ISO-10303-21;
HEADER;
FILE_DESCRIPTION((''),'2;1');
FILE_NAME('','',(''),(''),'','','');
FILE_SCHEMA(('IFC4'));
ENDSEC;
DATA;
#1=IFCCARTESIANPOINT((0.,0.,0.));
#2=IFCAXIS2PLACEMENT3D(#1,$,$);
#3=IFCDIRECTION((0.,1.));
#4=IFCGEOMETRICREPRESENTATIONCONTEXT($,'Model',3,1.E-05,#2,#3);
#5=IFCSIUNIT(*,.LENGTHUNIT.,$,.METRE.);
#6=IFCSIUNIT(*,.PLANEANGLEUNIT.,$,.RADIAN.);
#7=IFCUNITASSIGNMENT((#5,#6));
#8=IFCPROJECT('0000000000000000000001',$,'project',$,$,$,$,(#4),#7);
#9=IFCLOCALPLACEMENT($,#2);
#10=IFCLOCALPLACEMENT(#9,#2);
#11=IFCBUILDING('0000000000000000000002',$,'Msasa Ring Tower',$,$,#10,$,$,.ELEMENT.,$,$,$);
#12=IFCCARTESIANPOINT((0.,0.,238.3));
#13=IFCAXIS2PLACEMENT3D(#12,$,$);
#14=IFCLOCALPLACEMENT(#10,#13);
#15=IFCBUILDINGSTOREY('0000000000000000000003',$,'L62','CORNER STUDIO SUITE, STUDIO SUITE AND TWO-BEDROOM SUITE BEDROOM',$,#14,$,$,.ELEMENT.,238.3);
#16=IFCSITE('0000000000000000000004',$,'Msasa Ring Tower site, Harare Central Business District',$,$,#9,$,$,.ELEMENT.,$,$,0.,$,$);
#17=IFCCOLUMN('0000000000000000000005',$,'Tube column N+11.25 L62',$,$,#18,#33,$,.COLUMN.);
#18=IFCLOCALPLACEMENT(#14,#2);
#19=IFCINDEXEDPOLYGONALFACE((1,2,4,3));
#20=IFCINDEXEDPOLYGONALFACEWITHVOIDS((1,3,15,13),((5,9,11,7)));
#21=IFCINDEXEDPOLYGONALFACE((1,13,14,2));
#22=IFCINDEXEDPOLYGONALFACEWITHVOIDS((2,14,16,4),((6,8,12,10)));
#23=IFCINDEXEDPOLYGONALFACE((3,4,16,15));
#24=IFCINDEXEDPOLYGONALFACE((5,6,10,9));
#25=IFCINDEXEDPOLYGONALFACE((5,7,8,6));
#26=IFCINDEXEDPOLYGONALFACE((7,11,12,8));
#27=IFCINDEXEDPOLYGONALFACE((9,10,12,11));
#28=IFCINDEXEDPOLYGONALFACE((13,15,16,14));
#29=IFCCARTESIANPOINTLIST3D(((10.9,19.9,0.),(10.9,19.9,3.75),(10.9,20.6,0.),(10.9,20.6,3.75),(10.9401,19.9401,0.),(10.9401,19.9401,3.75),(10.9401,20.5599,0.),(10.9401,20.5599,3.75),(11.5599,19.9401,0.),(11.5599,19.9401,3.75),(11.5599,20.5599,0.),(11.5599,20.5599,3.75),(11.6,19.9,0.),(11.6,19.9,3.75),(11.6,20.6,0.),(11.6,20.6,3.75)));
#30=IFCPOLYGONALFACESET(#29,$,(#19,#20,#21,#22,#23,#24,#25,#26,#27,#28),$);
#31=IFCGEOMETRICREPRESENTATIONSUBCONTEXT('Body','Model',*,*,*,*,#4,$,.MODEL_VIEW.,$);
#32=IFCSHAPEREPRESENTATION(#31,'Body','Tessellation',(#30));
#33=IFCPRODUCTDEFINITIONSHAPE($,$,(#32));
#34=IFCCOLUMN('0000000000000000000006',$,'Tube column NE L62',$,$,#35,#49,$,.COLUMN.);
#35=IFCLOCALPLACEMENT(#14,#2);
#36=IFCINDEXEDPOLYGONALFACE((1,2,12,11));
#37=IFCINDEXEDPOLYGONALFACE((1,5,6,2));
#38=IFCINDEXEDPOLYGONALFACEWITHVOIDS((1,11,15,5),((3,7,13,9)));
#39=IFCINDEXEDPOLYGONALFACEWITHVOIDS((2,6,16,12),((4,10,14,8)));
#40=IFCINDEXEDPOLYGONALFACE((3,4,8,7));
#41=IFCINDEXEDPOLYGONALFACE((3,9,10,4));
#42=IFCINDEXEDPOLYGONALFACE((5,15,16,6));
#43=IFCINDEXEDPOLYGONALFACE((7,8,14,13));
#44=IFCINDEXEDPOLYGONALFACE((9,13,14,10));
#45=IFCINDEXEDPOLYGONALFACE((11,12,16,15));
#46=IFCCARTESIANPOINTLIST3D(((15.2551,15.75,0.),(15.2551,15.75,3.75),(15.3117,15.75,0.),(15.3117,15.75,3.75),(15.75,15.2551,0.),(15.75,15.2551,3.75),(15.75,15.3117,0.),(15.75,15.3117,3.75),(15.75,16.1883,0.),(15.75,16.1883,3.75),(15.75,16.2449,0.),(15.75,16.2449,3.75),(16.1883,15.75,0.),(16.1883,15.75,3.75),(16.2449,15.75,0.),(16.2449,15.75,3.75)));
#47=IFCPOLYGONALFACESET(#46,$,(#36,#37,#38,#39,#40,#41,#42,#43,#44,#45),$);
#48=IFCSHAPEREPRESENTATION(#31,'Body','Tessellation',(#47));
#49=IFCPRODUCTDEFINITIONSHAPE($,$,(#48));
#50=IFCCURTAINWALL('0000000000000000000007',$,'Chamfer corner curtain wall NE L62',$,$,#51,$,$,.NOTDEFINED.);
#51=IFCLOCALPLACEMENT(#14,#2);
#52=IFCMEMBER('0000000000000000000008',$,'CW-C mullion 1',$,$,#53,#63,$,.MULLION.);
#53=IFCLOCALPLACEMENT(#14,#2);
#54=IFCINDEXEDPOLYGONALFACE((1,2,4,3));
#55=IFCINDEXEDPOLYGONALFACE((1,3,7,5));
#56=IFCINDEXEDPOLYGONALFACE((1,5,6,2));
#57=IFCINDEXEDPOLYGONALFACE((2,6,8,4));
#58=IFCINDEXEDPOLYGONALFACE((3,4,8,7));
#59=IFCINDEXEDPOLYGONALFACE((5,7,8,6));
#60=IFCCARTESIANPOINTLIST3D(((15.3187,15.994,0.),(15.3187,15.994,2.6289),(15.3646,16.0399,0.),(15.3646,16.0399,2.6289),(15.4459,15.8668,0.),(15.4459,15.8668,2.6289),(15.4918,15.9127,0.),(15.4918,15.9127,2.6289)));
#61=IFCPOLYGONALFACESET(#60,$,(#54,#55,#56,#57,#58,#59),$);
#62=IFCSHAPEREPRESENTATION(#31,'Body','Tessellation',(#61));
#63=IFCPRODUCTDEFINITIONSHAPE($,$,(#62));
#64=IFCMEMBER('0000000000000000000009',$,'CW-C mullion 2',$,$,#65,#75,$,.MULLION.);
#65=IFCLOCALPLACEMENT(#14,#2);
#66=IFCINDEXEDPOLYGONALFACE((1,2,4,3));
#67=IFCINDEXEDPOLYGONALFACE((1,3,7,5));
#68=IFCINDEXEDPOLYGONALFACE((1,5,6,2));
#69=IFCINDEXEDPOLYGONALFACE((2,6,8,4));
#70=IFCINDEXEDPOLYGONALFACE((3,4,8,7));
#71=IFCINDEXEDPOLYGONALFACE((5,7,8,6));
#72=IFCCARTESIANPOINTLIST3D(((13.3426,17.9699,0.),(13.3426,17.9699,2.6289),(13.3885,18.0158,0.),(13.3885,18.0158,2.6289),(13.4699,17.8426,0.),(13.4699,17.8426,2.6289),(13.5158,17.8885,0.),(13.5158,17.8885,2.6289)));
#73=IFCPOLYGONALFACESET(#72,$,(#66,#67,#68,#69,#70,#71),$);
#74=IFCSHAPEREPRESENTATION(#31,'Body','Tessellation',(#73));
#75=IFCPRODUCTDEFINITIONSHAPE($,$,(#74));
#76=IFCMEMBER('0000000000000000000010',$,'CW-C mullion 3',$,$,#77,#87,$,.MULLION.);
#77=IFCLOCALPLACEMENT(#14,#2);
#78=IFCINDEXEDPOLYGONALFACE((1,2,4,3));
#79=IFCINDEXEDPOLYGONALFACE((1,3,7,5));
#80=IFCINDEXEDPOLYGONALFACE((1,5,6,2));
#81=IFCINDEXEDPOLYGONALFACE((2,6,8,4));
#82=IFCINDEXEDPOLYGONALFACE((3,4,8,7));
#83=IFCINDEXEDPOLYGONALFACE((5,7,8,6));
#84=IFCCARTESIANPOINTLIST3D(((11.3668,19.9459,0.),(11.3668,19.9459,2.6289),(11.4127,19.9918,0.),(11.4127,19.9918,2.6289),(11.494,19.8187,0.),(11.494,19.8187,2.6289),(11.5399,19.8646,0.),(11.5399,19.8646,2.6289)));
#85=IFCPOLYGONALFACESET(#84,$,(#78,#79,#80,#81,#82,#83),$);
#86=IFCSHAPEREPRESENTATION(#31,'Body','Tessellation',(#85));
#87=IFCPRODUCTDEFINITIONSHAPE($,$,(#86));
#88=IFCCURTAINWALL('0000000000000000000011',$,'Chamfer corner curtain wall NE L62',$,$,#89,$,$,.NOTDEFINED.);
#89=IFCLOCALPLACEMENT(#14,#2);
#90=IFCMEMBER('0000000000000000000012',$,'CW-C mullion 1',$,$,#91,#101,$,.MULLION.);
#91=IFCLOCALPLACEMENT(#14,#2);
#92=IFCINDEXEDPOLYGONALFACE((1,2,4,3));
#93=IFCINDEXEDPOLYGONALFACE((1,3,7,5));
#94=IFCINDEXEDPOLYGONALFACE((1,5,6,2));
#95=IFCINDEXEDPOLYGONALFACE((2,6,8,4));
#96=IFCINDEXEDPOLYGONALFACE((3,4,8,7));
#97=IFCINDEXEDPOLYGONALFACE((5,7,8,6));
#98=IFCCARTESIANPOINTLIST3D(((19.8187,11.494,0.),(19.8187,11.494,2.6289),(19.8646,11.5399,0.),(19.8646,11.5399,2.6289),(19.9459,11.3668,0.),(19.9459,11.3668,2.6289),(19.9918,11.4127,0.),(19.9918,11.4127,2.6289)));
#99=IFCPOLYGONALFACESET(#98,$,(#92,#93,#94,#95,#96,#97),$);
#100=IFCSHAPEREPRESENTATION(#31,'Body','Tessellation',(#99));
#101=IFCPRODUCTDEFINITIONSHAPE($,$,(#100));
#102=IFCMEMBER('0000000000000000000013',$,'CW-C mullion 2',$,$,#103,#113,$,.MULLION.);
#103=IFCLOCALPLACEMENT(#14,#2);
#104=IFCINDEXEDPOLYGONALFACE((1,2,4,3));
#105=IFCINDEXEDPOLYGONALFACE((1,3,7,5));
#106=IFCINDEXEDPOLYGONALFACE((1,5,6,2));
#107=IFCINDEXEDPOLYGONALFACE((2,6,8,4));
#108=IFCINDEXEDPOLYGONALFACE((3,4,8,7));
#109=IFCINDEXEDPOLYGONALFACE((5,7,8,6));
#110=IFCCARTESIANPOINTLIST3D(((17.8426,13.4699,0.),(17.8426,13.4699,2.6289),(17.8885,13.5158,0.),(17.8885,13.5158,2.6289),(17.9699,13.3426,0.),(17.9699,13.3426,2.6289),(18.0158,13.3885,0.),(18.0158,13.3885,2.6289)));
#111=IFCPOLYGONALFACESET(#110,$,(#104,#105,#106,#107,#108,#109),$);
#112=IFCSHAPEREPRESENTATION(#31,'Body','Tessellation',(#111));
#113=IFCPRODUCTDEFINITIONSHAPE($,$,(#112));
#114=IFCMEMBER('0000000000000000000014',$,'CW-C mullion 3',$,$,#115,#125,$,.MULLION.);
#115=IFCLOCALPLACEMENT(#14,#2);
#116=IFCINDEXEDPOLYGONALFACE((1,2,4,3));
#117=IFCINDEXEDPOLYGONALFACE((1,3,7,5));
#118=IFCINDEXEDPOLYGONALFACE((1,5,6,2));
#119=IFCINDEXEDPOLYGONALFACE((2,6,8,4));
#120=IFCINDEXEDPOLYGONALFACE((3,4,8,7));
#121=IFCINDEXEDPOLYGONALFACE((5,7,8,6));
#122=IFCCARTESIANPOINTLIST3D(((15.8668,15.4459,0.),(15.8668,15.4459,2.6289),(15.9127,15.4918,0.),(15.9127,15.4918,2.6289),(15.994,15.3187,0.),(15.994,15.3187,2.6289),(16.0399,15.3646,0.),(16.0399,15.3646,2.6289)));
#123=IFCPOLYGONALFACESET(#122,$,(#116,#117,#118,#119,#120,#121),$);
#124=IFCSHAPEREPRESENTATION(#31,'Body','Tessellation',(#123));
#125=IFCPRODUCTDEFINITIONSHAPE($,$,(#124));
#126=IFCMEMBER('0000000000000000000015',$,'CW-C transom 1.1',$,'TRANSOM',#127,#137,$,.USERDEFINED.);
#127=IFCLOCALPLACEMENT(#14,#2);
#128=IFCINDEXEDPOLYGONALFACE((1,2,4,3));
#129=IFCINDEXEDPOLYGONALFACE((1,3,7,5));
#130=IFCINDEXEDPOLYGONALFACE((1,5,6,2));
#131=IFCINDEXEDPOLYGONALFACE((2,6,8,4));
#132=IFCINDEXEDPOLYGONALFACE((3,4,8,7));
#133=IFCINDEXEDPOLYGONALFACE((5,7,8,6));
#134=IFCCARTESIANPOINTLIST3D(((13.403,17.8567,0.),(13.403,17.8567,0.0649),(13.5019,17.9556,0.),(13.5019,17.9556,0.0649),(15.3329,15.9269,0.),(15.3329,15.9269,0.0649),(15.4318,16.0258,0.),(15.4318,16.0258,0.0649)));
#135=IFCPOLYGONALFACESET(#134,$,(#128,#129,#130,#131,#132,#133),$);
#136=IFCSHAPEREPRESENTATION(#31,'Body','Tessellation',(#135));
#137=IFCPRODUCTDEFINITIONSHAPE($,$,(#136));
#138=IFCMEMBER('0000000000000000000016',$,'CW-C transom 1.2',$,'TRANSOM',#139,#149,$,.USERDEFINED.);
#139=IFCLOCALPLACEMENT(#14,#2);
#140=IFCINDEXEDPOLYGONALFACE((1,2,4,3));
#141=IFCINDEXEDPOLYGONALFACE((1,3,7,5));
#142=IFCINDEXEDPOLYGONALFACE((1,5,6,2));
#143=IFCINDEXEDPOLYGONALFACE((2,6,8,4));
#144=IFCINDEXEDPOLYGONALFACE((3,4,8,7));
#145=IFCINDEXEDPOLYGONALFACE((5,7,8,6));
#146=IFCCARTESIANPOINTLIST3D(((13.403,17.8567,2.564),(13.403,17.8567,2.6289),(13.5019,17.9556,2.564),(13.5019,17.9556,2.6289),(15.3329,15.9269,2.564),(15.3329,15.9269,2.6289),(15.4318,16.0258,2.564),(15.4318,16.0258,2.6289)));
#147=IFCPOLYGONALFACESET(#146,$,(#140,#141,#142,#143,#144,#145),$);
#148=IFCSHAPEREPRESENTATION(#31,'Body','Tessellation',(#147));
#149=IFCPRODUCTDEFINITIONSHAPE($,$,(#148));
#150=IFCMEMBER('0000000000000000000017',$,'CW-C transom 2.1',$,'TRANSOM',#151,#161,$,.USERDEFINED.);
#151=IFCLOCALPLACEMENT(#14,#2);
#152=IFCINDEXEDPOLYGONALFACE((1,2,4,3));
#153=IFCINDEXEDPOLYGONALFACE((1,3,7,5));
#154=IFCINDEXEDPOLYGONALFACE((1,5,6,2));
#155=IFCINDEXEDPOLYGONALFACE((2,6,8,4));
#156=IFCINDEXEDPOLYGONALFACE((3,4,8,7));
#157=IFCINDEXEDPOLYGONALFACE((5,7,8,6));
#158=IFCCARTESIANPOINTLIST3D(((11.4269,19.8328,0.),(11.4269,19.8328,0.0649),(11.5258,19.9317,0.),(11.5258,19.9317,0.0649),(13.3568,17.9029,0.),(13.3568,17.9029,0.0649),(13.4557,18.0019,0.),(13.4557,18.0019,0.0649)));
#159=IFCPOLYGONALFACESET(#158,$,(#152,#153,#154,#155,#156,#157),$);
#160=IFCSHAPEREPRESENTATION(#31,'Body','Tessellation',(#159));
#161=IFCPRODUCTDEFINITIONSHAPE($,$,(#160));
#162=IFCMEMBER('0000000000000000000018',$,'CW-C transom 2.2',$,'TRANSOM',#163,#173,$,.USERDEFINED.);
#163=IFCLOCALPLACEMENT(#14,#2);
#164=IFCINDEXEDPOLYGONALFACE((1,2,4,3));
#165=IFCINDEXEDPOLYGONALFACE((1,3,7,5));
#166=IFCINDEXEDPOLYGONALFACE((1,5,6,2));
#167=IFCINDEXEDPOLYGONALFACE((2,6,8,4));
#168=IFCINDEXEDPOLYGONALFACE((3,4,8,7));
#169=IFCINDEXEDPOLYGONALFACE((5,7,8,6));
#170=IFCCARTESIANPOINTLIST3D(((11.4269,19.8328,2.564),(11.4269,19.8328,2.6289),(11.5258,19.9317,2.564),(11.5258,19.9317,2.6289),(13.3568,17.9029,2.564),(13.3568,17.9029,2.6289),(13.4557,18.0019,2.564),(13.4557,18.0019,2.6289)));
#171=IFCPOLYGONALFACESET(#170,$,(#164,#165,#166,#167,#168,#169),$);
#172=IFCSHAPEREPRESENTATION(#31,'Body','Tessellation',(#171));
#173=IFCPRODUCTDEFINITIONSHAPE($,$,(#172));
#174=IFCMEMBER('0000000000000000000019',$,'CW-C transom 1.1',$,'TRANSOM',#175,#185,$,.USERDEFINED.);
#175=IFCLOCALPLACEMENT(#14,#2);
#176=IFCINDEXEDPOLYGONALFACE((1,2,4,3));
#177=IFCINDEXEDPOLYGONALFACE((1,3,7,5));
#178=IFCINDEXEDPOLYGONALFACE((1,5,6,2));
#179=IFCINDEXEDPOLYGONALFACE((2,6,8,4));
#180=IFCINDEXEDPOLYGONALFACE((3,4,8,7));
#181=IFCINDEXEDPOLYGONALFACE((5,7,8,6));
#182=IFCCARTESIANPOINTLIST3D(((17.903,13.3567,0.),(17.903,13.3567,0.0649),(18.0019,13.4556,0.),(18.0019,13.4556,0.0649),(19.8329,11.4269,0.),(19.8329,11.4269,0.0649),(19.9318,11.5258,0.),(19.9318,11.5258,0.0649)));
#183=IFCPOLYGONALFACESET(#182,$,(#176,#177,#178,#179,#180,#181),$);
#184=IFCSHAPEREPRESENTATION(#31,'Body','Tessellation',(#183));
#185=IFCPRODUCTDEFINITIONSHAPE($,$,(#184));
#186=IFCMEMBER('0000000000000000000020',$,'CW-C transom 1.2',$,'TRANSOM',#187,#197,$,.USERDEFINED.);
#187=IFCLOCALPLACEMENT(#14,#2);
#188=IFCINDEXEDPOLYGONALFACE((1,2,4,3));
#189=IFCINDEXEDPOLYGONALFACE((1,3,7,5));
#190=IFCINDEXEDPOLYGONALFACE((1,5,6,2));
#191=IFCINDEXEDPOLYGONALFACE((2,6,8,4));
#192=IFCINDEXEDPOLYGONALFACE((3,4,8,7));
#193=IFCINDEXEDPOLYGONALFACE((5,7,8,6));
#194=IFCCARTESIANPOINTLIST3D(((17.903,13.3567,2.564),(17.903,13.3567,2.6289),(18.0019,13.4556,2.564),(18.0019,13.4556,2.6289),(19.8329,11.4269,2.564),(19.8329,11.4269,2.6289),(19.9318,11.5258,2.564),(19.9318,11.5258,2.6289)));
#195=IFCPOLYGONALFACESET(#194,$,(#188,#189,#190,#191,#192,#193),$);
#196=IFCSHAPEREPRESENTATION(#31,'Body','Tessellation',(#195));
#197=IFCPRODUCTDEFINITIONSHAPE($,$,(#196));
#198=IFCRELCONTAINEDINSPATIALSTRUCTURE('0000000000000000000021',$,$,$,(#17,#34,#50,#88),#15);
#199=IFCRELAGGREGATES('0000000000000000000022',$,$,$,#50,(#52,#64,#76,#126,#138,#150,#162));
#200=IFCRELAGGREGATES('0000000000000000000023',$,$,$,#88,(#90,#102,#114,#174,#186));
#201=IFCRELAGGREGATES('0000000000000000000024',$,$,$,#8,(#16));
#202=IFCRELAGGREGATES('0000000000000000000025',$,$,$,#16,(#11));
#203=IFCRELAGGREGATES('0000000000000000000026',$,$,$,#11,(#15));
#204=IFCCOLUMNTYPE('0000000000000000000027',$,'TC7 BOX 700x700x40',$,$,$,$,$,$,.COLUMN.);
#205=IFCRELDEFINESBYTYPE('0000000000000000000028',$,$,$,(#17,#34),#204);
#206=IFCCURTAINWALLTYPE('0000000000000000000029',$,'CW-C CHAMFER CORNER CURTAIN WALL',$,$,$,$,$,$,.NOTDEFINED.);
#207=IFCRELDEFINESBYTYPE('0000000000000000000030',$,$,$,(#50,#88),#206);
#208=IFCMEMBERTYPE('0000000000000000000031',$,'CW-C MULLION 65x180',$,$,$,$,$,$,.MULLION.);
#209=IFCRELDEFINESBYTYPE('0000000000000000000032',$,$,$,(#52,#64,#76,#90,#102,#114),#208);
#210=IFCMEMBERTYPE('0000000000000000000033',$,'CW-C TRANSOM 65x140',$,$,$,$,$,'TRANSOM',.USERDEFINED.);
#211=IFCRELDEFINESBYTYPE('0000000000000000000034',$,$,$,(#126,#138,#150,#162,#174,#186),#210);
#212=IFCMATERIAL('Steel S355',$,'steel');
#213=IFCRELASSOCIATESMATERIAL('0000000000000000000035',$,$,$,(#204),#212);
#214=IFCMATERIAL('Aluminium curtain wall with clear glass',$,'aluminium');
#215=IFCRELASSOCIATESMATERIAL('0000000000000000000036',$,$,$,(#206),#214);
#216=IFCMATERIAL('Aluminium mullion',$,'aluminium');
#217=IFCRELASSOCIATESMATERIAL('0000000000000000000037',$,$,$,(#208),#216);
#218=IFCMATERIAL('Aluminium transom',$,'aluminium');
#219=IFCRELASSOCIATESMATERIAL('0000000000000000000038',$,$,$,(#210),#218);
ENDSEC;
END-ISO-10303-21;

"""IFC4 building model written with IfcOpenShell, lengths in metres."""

from ifc_helpers import new_model, si_unit, direction, frame, origin, origin_2d, place, context, subcontext, project, spatial, rectangle, hollow_rectangle, extrude, material, material_profile, profile_set, type_object, element, aggregate, save


model = new_model("IFC4")

# Units and contexts
model_context = context("Model", 3, precision=1e-05, world=origin(), true_north=direction((0.0, 1.0)))
body_context = subcontext(model_context, "Body", "Model", "MODEL_VIEW")
ifc_project = project(units=[si_unit("LENGTHUNIT", "METRE"), si_unit("PLANEANGLEUNIT", "RADIAN")], contexts=[model_context])

# Site, building, storey
site_placement = place(None, origin())
site = spatial("IfcSite", under=ifc_project, at=site_placement, Name="Msasa Ring Tower site, Harare Central Business District", CompositionType="ELEMENT", RefElevation=0.0)
building_placement = place(site_placement, origin())
building = spatial("IfcBuilding", under=site, at=building_placement, Name="Msasa Ring Tower", CompositionType="ELEMENT")
storey_placement = place(building_placement, frame((0.0, 0.0, 238.3)))
storey = spatial("IfcBuildingStorey", under=building, at=storey_placement, Name="L62", Description="CORNER STUDIO SUITE, STUDIO SUITE AND TWO-BEDROOM SUITE BEDROOM", CompositionType="ELEMENT", Elevation=238.3)

# Columns
ifc_material_1 = material(Name="Steel S355", Category="steel")
ifc_material_profile_1 = material_profile(ifc_material_1, hollow_rectangle(XDim=0.7, YDim=0.7, WallThickness=0.04, at=origin_2d()), Name="BOX 700x700x40")
ifc_profile_set_1 = profile_set([ifc_material_profile_1], Name="Steel S355")
column_type = type_object("IfcColumnType", Name="TC7 BOX 700x700x40", PredefinedType="COLUMN", material=ifc_profile_set_1)
for number, where, z_axis, x_axis, name in (
    (1, (11.25, 20.25, 0.0), (0.0, 0.0, 1.0), (0.0, 1.0, 0.0), "Tube column N+11.25 L62"),
    (2, (15.75, 15.75, 0.0), (0.0, 0.0, 1.0), (0.707107, 0.707107, 0.0), "Tube column NE L62"),
):
    element("IfcColumn", number, at=place(storey_placement, frame(where, z_axis=z_axis, x_axis=x_axis)), inside=storey, type_object=column_type, Name=name, PredefinedType="COLUMN", context=body_context, shape_type="SweptSolid", body=[
        extrude(hollow_rectangle(XDim=0.7, YDim=0.7, WallThickness=0.04, at=origin_2d()), origin(), (0.0, 0.0, 1.0), 3.75),
    ])

# Curtain walls, members
ifc_material_2 = material(Name="Aluminium curtain wall with clear glass", Category="aluminium")
curtain_wall_type = type_object("IfcCurtainWallType", Name="CW-C CHAMFER CORNER CURTAIN WALL", PredefinedType="NOTDEFINED", material=ifc_material_2)
curtain_wall_1_placement = place(storey_placement, origin())
curtain_wall_1 = element("IfcCurtainWall", 3, at=curtain_wall_1_placement, inside=storey, type_object=curtain_wall_type, Name="Chamfer corner curtain wall NE L62", PredefinedType="NOTDEFINED")
ifc_material_3 = material(Name="Aluminium mullion", Category="aluminium")
ifc_material_profile_2 = material_profile(ifc_material_3, rectangle(XDim=0.0649, YDim=0.1799, at=origin_2d()), Name="AL 65x180")
ifc_profile_set_2 = profile_set([ifc_material_profile_2], Name="Aluminium mullion")
member_type_1 = type_object("IfcMemberType", Name="CW-C MULLION 65x180", PredefinedType="MULLION", material=ifc_profile_set_2)
member_1_placement = place(storey_placement, frame((15.4053, 15.9534, 0.0), z_axis=(0.0, 0.0, 1.0), x_axis=(-0.707107, -0.707107, 0.0)))
member_1 = element("IfcMember", 4, at=member_1_placement, type_object=member_type_1, Name="CW-C mullion 1", PredefinedType="MULLION", context=body_context, shape_type="SweptSolid", body=[
    extrude(rectangle(XDim=0.0649, YDim=0.1799, at=origin_2d()), origin(), (0.0, 0.0, 1.0), 2.6289),
])
member_2_placement = place(storey_placement, frame((13.4292, 17.9292, 0.0), z_axis=(0.0, 0.0, 1.0), x_axis=(-0.707107, -0.707107, 0.0)))
member_2 = element("IfcMember", 5, at=member_2_placement, type_object=member_type_1, Name="CW-C mullion 2", PredefinedType="MULLION", context=body_context, shape_type="SweptSolid", body=[
    extrude(rectangle(XDim=0.0649, YDim=0.1799, at=origin_2d()), origin(), (0.0, 0.0, 1.0), 2.6289),
])
member_3_placement = place(storey_placement, frame((11.4534, 19.9053, 0.0), z_axis=(0.0, 0.0, 1.0), x_axis=(-0.707107, -0.707107, 0.0)))
member_3 = element("IfcMember", 6, at=member_3_placement, type_object=member_type_1, Name="CW-C mullion 3", PredefinedType="MULLION", context=body_context, shape_type="SweptSolid", body=[
    extrude(rectangle(XDim=0.0649, YDim=0.1799, at=origin_2d()), origin(), (0.0, 0.0, 1.0), 2.6289),
])
curtain_wall_2_placement = place(storey_placement, origin())
curtain_wall_2 = element("IfcCurtainWall", 7, at=curtain_wall_2_placement, inside=storey, type_object=curtain_wall_type, Name="Chamfer corner curtain wall NE L62", PredefinedType="NOTDEFINED")
member_4_placement = place(storey_placement, frame((19.9053, 11.4534, 0.0), z_axis=(0.0, 0.0, 1.0), x_axis=(-0.707107, -0.707107, 0.0)))
member_4 = element("IfcMember", 8, at=member_4_placement, type_object=member_type_1, Name="CW-C mullion 1", PredefinedType="MULLION", context=body_context, shape_type="SweptSolid", body=[
    extrude(rectangle(XDim=0.0649, YDim=0.1799, at=origin_2d()), origin(), (0.0, 0.0, 1.0), 2.6289),
])
member_5_placement = place(storey_placement, frame((17.9292, 13.4292, 0.0), z_axis=(0.0, 0.0, 1.0), x_axis=(-0.707107, -0.707107, 0.0)))
member_5 = element("IfcMember", 9, at=member_5_placement, type_object=member_type_1, Name="CW-C mullion 2", PredefinedType="MULLION", context=body_context, shape_type="SweptSolid", body=[
    extrude(rectangle(XDim=0.0649, YDim=0.1799, at=origin_2d()), origin(), (0.0, 0.0, 1.0), 2.6289),
])
member_6_placement = place(storey_placement, frame((15.9534, 15.4053, 0.0), z_axis=(0.0, 0.0, 1.0), x_axis=(-0.707107, -0.707107, 0.0)))
member_6 = element("IfcMember", 10, at=member_6_placement, type_object=member_type_1, Name="CW-C mullion 3", PredefinedType="MULLION", context=body_context, shape_type="SweptSolid", body=[
    extrude(rectangle(XDim=0.0649, YDim=0.1799, at=origin_2d()), origin(), (0.0, 0.0, 1.0), 2.6289),
])

# Members
ifc_material_4 = material(Name="Aluminium transom", Category="aluminium")
ifc_material_profile_3 = material_profile(ifc_material_4, rectangle(XDim=0.1399, YDim=0.0649, at=origin_2d()), Name="AL 65x140")
ifc_profile_set_3 = profile_set([ifc_material_profile_3], Name="Aluminium transom")
member_type_2 = type_object("IfcMemberType", Name="CW-C TRANSOM 65x140", ElementType="TRANSOM", PredefinedType="USERDEFINED", material=ifc_profile_set_3)
member_7_placement = place(storey_placement, frame((15.3823, 15.9763, 0.0325), z_axis=(-0.707107, 0.707107, 0.0), x_axis=(-0.707107, -0.707107, 0.0)))
member_7 = element("IfcMember", 11, at=member_7_placement, type_object=member_type_2, Name="CW-C transom 1.1", ObjectType="TRANSOM", PredefinedType="USERDEFINED", context=body_context, shape_type="SweptSolid", body=[
    extrude(rectangle(XDim=0.1399, YDim=0.0649, at=origin_2d()), origin(), (0.0, 0.0, 1.0), 2.7292),
])
member_8_placement = place(storey_placement, frame((15.3823, 15.9763, 2.5964), z_axis=(-0.707107, 0.707107, 0.0), x_axis=(-0.707107, -0.707107, 0.0)))
member_8 = element("IfcMember", 12, at=member_8_placement, type_object=member_type_2, Name="CW-C transom 1.2", ObjectType="TRANSOM", PredefinedType="USERDEFINED", context=body_context, shape_type="SweptSolid", body=[
    extrude(rectangle(XDim=0.1399, YDim=0.0649, at=origin_2d()), origin(), (0.0, 0.0, 1.0), 2.7292),
])
member_9_placement = place(storey_placement, frame((13.4062, 17.9524, 0.0325), z_axis=(-0.707107, 0.707107, 0.0), x_axis=(-0.707107, -0.707107, 0.0)))
member_9 = element("IfcMember", 13, at=member_9_placement, type_object=member_type_2, Name="CW-C transom 2.1", ObjectType="TRANSOM", PredefinedType="USERDEFINED", context=body_context, shape_type="SweptSolid", body=[
    extrude(rectangle(XDim=0.1399, YDim=0.0649, at=origin_2d()), origin(), (0.0, 0.0, 1.0), 2.7292),
])
member_10_placement = place(storey_placement, frame((13.4062, 17.9524, 2.5964), z_axis=(-0.707107, 0.707107, 0.0), x_axis=(-0.707107, -0.707107, 0.0)))
member_10 = element("IfcMember", 14, at=member_10_placement, type_object=member_type_2, Name="CW-C transom 2.2", ObjectType="TRANSOM", PredefinedType="USERDEFINED", context=body_context, shape_type="SweptSolid", body=[
    extrude(rectangle(XDim=0.1399, YDim=0.0649, at=origin_2d()), origin(), (0.0, 0.0, 1.0), 2.7292),
])
member_11_placement = place(storey_placement, frame((19.8823, 11.4763, 0.0325), z_axis=(-0.707107, 0.707107, 0.0), x_axis=(-0.707107, -0.707107, 0.0)))
member_11 = element("IfcMember", 15, at=member_11_placement, type_object=member_type_2, Name="CW-C transom 1.1", ObjectType="TRANSOM", PredefinedType="USERDEFINED", context=body_context, shape_type="SweptSolid", body=[
    extrude(rectangle(XDim=0.1399, YDim=0.0649, at=origin_2d()), origin(), (0.0, 0.0, 1.0), 2.7292),
])
member_12_placement = place(storey_placement, frame((19.8823, 11.4763, 2.5964), z_axis=(-0.707107, 0.707107, 0.0), x_axis=(-0.707107, -0.707107, 0.0)))
member_12 = element("IfcMember", 16, at=member_12_placement, type_object=member_type_2, Name="CW-C transom 1.2", ObjectType="TRANSOM", PredefinedType="USERDEFINED", context=body_context, shape_type="SweptSolid", body=[
    extrude(rectangle(XDim=0.1399, YDim=0.0649, at=origin_2d()), origin(), (0.0, 0.0, 1.0), 2.7292),
])

aggregate(curtain_wall_1, [member_1, member_2, member_3, member_7, member_8, member_9, member_10])
aggregate(curtain_wall_2, [member_4, member_5, member_6, member_11, member_12])

save(model, "model.ifc")
